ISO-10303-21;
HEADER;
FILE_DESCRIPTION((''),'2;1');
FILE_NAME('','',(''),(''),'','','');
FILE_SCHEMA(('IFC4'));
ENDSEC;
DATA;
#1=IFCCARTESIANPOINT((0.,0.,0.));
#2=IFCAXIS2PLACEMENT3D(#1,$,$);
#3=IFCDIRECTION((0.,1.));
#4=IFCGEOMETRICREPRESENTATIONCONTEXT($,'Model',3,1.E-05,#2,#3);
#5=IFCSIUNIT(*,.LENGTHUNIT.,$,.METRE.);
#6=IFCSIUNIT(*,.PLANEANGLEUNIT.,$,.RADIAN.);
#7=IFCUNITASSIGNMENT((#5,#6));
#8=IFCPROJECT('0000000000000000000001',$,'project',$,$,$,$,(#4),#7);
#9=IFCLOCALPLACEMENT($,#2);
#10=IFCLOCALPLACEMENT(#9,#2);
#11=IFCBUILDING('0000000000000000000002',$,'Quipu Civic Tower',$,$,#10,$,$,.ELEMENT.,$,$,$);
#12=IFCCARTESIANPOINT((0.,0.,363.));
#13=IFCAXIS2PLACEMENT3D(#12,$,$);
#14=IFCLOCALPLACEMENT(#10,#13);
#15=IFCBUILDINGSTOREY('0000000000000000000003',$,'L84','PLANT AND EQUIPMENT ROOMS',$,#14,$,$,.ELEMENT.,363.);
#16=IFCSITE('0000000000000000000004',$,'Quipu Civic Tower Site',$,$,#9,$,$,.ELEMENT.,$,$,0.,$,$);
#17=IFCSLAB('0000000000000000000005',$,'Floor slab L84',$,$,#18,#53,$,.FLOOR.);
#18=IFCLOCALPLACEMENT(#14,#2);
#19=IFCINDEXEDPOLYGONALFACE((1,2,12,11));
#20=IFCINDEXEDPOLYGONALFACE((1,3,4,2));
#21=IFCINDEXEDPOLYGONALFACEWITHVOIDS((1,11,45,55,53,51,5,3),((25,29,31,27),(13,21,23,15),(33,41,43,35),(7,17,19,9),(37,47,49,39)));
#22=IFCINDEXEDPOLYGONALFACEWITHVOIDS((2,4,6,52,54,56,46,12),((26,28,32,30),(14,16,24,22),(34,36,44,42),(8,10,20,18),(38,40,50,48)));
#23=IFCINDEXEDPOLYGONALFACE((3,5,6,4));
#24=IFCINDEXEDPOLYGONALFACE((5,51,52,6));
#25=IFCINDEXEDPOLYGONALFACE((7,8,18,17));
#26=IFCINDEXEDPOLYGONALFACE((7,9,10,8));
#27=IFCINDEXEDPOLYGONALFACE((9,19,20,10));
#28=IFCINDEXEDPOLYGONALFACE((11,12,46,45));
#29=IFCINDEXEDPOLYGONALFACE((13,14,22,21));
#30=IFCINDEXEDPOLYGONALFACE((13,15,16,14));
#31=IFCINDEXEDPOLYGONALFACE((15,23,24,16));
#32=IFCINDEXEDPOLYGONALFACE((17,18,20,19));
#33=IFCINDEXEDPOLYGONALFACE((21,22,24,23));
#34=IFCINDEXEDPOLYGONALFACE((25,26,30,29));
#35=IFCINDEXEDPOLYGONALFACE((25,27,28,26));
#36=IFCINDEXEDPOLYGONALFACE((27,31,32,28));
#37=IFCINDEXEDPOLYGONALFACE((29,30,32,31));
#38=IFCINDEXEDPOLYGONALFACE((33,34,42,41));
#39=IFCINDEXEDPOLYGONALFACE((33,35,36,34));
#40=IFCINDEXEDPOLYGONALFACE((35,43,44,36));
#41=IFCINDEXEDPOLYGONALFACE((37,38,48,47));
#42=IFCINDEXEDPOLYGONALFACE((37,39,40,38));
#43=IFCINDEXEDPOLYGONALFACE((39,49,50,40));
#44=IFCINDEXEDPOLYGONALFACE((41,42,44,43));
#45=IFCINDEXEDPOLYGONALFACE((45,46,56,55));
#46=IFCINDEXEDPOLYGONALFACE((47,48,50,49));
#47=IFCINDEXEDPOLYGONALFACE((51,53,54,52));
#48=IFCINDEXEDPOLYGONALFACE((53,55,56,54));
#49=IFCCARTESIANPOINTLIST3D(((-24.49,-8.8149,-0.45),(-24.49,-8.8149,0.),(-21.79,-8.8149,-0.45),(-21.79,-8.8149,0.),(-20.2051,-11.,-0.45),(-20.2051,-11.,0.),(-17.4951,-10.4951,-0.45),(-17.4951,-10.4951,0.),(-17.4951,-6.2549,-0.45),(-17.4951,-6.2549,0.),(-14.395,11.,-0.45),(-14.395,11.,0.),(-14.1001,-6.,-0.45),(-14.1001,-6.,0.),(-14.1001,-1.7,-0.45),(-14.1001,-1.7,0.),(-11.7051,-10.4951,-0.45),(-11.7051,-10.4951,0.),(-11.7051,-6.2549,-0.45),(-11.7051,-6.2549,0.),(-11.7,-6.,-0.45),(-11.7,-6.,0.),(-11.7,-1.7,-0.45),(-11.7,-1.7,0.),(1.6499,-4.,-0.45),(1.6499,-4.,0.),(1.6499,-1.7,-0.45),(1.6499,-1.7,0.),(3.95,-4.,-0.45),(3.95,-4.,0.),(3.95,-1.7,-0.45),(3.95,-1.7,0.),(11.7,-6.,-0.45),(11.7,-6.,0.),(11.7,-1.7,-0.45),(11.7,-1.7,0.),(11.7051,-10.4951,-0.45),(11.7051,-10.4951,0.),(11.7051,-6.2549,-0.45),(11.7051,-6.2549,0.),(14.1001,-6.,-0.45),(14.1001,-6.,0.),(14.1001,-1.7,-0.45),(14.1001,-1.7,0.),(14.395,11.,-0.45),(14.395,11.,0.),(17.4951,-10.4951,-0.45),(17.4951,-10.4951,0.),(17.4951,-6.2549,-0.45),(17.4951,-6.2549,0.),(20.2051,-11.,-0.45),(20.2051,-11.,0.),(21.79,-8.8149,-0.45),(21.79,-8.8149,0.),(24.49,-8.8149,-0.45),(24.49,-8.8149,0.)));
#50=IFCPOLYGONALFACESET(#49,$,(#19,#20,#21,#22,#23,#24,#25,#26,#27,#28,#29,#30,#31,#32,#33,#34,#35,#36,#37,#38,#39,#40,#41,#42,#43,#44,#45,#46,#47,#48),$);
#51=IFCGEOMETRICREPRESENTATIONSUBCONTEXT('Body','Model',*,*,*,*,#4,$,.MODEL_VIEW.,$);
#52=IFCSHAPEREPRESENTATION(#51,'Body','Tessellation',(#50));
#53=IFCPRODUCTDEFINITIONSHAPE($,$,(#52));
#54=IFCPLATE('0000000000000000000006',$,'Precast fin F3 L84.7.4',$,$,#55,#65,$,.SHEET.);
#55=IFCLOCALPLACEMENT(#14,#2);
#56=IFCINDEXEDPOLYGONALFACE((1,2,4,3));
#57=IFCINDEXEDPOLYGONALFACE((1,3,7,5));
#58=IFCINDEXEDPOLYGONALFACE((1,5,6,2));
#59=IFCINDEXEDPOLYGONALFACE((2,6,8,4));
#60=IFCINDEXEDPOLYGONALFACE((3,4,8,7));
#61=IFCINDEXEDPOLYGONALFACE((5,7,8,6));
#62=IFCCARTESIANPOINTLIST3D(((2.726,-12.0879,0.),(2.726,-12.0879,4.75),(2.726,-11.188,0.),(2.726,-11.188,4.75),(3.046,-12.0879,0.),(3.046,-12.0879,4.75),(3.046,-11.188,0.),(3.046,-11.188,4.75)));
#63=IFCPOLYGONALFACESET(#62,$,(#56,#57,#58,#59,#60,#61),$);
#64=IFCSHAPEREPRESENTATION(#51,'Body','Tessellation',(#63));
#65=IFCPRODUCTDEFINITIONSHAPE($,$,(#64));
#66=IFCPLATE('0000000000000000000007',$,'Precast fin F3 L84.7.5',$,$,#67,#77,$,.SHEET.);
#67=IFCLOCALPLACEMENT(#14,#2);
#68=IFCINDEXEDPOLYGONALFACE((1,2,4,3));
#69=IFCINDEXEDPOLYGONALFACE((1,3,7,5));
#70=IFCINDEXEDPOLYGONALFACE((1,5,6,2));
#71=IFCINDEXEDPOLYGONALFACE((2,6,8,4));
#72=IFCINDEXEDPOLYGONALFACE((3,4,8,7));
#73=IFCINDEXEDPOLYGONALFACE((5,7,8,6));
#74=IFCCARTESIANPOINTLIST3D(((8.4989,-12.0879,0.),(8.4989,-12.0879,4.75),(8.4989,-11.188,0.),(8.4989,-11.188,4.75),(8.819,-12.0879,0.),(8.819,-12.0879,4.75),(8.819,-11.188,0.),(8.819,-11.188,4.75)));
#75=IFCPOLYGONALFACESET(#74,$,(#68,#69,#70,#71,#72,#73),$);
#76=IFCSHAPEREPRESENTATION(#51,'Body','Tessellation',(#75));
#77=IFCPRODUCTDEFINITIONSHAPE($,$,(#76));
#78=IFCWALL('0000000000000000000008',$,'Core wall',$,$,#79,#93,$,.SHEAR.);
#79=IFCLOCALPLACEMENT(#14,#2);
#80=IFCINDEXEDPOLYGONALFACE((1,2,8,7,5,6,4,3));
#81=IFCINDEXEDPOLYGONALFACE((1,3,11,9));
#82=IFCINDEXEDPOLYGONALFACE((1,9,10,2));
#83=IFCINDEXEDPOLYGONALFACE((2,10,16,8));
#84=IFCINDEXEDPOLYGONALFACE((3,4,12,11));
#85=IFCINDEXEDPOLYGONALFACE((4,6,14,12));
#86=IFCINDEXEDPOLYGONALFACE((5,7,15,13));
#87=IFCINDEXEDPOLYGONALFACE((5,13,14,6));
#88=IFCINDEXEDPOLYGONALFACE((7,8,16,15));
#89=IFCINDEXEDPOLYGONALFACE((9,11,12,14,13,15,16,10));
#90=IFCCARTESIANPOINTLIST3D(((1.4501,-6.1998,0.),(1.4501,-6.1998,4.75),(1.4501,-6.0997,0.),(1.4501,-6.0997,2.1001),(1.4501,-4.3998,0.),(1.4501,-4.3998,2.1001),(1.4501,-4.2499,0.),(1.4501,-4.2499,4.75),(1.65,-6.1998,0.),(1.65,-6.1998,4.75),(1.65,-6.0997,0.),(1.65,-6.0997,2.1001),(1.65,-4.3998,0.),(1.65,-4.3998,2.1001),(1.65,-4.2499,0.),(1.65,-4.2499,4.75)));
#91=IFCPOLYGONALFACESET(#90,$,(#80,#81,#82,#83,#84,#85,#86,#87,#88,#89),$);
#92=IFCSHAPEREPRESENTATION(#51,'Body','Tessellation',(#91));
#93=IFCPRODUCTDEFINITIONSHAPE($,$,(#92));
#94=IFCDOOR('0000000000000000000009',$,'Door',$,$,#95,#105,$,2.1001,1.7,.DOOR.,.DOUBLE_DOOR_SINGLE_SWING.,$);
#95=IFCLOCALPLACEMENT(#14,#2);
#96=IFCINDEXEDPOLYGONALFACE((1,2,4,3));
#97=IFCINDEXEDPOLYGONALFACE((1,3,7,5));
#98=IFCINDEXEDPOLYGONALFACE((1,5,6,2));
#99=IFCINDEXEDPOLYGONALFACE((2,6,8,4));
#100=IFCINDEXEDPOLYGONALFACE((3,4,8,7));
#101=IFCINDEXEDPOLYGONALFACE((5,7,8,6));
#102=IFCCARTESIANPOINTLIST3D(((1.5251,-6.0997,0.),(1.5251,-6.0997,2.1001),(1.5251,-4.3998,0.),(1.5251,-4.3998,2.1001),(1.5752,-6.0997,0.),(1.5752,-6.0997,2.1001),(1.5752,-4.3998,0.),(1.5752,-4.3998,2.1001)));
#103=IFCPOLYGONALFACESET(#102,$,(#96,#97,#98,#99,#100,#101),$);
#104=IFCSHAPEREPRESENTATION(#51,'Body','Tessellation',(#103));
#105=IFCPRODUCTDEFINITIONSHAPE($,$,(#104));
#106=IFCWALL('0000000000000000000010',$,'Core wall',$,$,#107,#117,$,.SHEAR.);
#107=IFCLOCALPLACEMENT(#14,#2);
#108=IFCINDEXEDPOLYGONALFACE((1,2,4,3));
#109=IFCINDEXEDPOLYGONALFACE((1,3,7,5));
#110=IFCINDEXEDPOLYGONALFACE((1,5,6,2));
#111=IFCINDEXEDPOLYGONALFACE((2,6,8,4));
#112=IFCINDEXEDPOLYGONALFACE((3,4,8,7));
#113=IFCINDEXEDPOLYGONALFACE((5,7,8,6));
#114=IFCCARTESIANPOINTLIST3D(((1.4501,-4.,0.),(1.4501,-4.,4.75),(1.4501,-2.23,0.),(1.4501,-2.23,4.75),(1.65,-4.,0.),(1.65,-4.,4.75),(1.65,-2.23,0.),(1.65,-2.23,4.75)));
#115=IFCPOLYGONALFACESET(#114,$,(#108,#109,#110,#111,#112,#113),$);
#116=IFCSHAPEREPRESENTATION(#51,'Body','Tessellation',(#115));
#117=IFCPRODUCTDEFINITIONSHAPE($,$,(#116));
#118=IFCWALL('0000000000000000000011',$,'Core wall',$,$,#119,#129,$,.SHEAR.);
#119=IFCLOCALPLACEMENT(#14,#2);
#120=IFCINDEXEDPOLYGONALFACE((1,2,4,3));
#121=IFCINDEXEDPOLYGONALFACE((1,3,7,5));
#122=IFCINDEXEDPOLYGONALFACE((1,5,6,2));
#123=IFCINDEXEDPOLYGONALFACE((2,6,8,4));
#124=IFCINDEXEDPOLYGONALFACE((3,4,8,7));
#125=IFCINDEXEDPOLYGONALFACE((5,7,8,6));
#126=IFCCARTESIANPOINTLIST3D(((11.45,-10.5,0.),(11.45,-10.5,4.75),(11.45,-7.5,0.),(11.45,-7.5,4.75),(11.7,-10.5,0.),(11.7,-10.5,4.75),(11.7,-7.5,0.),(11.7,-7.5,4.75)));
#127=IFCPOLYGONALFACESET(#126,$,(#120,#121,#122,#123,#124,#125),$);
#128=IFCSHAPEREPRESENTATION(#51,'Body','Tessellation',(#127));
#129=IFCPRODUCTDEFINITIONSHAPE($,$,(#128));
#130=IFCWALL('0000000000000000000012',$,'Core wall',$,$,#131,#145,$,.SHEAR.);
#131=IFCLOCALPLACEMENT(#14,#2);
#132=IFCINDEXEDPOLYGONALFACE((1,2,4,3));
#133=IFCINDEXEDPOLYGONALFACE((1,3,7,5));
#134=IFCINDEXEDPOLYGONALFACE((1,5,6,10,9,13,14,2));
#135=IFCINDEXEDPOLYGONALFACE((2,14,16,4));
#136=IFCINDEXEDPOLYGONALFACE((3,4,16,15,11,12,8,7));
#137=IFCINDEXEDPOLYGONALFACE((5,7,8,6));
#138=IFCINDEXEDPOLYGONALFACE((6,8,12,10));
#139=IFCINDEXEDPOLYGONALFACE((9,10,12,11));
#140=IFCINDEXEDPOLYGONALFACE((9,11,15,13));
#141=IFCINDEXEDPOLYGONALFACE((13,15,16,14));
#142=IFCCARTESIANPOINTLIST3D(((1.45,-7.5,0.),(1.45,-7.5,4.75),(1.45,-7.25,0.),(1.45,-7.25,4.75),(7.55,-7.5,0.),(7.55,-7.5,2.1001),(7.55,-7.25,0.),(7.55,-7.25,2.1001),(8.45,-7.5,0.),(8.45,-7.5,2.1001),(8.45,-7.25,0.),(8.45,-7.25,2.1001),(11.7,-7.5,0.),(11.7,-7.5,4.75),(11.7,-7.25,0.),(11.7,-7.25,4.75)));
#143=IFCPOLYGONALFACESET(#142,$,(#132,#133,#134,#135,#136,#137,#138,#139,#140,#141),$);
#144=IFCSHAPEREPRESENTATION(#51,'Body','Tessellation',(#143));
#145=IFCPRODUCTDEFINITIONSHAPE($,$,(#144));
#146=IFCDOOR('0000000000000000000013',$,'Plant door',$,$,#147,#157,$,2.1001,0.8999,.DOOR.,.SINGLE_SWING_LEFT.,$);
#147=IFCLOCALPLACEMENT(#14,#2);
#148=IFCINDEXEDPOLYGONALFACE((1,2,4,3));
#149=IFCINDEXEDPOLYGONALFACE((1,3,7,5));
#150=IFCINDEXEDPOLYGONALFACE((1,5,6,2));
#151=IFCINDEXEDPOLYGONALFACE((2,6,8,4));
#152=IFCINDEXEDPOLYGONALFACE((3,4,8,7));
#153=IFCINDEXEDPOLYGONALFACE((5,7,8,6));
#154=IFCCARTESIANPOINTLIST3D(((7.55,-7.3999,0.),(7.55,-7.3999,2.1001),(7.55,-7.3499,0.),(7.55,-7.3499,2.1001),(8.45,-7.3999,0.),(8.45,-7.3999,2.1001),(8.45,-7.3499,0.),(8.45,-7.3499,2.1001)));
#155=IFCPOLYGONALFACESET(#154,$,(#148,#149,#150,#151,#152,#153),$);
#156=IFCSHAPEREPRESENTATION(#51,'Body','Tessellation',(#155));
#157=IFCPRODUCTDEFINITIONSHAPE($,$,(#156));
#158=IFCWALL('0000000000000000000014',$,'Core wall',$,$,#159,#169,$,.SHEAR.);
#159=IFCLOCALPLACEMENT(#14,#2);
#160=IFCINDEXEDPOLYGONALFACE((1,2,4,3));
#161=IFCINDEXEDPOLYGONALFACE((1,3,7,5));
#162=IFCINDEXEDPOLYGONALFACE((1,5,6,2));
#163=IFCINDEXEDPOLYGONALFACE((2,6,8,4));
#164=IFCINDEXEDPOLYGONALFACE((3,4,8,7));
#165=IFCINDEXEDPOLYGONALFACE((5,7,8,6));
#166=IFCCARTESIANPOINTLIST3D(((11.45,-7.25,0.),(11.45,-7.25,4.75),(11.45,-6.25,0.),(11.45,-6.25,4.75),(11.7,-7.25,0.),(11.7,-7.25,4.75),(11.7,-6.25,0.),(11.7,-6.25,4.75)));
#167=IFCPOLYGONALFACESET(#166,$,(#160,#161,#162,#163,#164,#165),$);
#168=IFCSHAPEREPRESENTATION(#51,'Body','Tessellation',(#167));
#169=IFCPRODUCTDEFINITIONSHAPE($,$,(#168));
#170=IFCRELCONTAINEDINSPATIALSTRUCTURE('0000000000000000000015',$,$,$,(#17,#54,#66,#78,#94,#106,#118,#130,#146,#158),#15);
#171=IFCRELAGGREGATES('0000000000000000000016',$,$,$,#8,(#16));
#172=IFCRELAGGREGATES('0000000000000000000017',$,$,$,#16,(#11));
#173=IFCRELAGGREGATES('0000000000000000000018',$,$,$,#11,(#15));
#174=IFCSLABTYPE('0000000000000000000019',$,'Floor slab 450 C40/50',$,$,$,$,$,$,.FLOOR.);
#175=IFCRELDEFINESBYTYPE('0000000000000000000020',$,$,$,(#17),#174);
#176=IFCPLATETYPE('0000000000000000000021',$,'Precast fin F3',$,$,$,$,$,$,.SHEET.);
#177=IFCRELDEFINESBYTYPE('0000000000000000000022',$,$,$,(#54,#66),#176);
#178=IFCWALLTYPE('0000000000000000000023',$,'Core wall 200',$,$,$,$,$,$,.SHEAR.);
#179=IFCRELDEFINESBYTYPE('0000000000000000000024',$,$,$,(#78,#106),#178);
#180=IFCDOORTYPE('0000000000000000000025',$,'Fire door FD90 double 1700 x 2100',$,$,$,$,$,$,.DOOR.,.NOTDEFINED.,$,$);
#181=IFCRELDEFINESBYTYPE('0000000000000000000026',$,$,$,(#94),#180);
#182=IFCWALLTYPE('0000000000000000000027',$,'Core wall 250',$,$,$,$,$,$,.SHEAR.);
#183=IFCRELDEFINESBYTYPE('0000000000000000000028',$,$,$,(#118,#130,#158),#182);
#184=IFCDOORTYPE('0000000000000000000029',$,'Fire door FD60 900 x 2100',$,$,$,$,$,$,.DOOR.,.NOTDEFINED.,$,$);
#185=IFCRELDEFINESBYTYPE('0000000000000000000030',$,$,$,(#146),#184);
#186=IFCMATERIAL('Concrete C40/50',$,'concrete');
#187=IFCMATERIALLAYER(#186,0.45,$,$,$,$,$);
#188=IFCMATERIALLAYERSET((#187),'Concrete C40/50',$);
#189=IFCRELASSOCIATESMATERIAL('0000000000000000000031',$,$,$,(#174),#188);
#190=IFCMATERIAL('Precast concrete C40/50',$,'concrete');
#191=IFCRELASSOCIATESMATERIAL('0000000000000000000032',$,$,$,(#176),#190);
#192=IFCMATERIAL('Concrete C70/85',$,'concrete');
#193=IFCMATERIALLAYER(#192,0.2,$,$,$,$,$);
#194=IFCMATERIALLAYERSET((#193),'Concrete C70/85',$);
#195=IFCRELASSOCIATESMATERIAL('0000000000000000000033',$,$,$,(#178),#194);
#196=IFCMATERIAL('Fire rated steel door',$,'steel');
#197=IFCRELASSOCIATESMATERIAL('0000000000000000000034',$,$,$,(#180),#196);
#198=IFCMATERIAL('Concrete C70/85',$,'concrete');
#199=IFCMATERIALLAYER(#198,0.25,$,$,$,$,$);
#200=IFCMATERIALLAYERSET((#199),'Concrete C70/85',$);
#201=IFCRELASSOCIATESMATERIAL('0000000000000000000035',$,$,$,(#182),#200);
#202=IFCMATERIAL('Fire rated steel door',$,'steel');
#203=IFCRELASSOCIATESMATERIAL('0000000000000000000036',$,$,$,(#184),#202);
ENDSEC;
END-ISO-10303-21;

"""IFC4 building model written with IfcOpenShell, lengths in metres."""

from ifc_helpers import new_model, si_unit, direction, frame, frame_2d, origin, origin_2d, place, context, subcontext, project, spatial, polyline, rectangle, outline, extrude, material, layer, layer_set, type_object, element, fill, save


model = new_model("IFC4")

# Units and contexts
model_context = context("Model", 3, precision=1e-05, world=origin(), true_north=direction((0.0, 1.0)))
body_context = subcontext(model_context, "Body", "Model", "MODEL_VIEW")
ifc_project = project(units=[si_unit("LENGTHUNIT", "METRE"), si_unit("PLANEANGLEUNIT", "RADIAN")], contexts=[model_context])

# Site, building, storey
site_placement = place(None, origin())
site = spatial("IfcSite", under=ifc_project, at=site_placement, Name="Quipu Civic Tower Site", CompositionType="ELEMENT", RefElevation=0.0)
building_placement = place(site_placement, origin())
building = spatial("IfcBuilding", under=site, at=building_placement, Name="Quipu Civic Tower", CompositionType="ELEMENT")
storey_placement = place(building_placement, frame((0.0, 0.0, 363.0)))
storey = spatial("IfcBuildingStorey", under=building, at=storey_placement, Name="L84", Description="PLANT AND EQUIPMENT ROOMS", CompositionType="ELEMENT", Elevation=363.0)

# Slab
ifc_material_1 = material(Name="Concrete C40/50", Category="concrete")
ifc_layer_1 = layer(ifc_material_1, 0.45)
ifc_layer_set_1 = layer_set([ifc_layer_1], Name="Concrete C40/50")
slab_type = type_object("IfcSlabType", Name="Floor slab 450 C40/50", PredefinedType="FLOOR", material=ifc_layer_set_1)
slab_placement = place(storey_placement, frame((0.0, 0.0, -0.45)))
element("IfcSlab", 1, at=slab_placement, inside=storey, type_object=slab_type, Name="Floor slab L84", PredefinedType="FLOOR", context=body_context, shape_type="SweptSolid", body=[
    extrude(outline(polyline([(24.49, -8.8149), (21.79, -8.8149), (20.2051, -11.0), (-20.2051, -11.0), (-21.79, -8.8149), (-24.49, -8.8149), (-14.395, 11.0), (14.395, 11.0), (24.49, -8.8149)]), holes=[polyline([(-17.4951, -10.4951), (-11.7051, -10.4951), (-11.7051, -6.2549), (-17.4951, -6.2549), (-17.4951, -10.4951)]), polyline([(17.4951, -6.2549), (11.7051, -6.2549), (11.7051, -10.4951), (17.4951, -10.4951), (17.4951, -6.2549)]), polyline([(-11.7, -6.0), (-11.7, -1.7), (-14.1001, -1.7), (-14.1001, -6.0), (-11.7, -6.0)]), polyline([(11.7, -6.0), (14.1001, -6.0), (14.1001, -1.7), (11.7, -1.7), (11.7, -6.0)]), polyline([(1.6499, -4.0), (3.95, -4.0), (3.95, -1.7), (1.6499, -1.7), (1.6499, -4.0)])]), origin(), (0.0, 0.0, 1.0), 0.45),
])

# Plates
ifc_material_2 = material(Name="Precast concrete C40/50", Category="concrete")
plate_type = type_object("IfcPlateType", Name="Precast fin F3", PredefinedType="SHEET", material=ifc_material_2)
for number, where, z_axis, x_axis, name in (
    (2, (2.886, -11.6379, 0.0), (0.0, 0.0, 1.0), (1.0, 0.0, 0.0), "Precast fin F3 L84.7.4"),
    (3, (8.6589, -11.6379, 0.0), (0.0, 0.0, 1.0), (1.0, 0.0, 0.0), "Precast fin F3 L84.7.5"),
):
    element("IfcPlate", number, at=place(storey_placement, frame(where, z_axis=z_axis, x_axis=x_axis)), inside=storey, type_object=plate_type, Name=name, PredefinedType="SHEET", context=body_context, shape_type="SweptSolid", body=[
        extrude(rectangle(XDim=0.3201, YDim=0.8999, at=origin_2d()), origin(), (0.0, 0.0, 1.0), 4.75),
    ])

# Wall, opening, door
ifc_material_3 = material(Name="Concrete C70/85", Category="concrete")
ifc_layer_2 = layer(ifc_material_3, 0.2)
ifc_layer_set_2 = layer_set([ifc_layer_2], Name="Concrete C70/85")
wall_type_1 = type_object("IfcWallType", Name="Core wall 200", PredefinedType="SHEAR", material=ifc_layer_set_2)
wall_1_placement = place(storey_placement, frame((1.55, -6.2, 0.0), z_axis=(0.0, 0.0, 1.0), x_axis=(0.0, 1.0, 0.0)))
wall_1 = element("IfcWall", 4, at=wall_1_placement, inside=storey, type_object=wall_type_1, Name="Core wall", PredefinedType="SHEAR", context=body_context, shape_type="SweptSolid", body=[
    extrude(rectangle(XDim=1.95, YDim=0.2, at=frame_2d((0.9751, 0.0))), origin(), (0.0, 0.0, 1.0), 4.75),
])
opening_1_placement = place(wall_1_placement, frame((0.1001, 0.0, 0.0)))
opening_1 = element("IfcOpeningElement", 5, at=opening_1_placement, cuts=wall_1, PredefinedType="OPENING", context=body_context, shape_type="SweptSolid", body=[
    extrude(rectangle(XDim=1.7, YDim=2.1001, at=frame_2d((0.8501, 1.05))), frame((0.0, 0.1099, 0.0), z_axis=(0.0, -1.0, 0.0), x_axis=(1.0, 0.0, 0.0)), (0.0, 0.0, 1.0), 0.22),
])
ifc_material_4 = material(Name="Fire rated steel door", Category="steel")
door_type_1 = type_object("IfcDoorType", Name="Fire door FD90 double 1700 x 2100", OperationType="NOTDEFINED", PredefinedType="DOOR", material=ifc_material_4)
door_1_placement = place(opening_1_placement, origin())
door_1 = element("IfcDoor", 6, at=door_1_placement, inside=storey, type_object=door_type_1, Name="Door", OperationType="DOUBLE_DOOR_SINGLE_SWING", OverallHeight=2.1001, OverallWidth=1.7, PredefinedType="DOOR", context=body_context, shape_type="SweptSolid", body=[
    extrude(rectangle(XDim=1.7, YDim=2.1001, at=frame_2d((0.8501, 1.05))), frame((0.0, 0.0249, 0.0), z_axis=(0.0, -1.0, 0.0), x_axis=(1.0, 0.0, 0.0)), (0.0, 0.0, 1.0), 0.05),
])
fill(opening_1, door_1)

# Walls
wall_2_placement = place(storey_placement, frame((1.55, -4.0, 0.0), z_axis=(0.0, 0.0, 1.0), x_axis=(0.0, 1.0, 0.0)))
element("IfcWall", 7, at=wall_2_placement, inside=storey, type_object=wall_type_1, Name="Core wall", PredefinedType="SHEAR", context=body_context, shape_type="SweptSolid", body=[
    extrude(rectangle(XDim=1.77, YDim=0.2, at=frame_2d((0.885, 0.0))), origin(), (0.0, 0.0, 1.0), 4.75),
])
ifc_material_5 = material(Name="Concrete C70/85", Category="concrete")
ifc_layer_3 = layer(ifc_material_5, 0.25)
ifc_layer_set_3 = layer_set([ifc_layer_3], Name="Concrete C70/85")
wall_type_2 = type_object("IfcWallType", Name="Core wall 250", PredefinedType="SHEAR", material=ifc_layer_set_3)
wall_3_placement = place(storey_placement, frame((11.575, -10.5, 0.0), z_axis=(0.0, 0.0, 1.0), x_axis=(0.0, 1.0, 0.0)))
element("IfcWall", 8, at=wall_3_placement, inside=storey, type_object=wall_type_2, Name="Core wall", PredefinedType="SHEAR", context=body_context, shape_type="SweptSolid", body=[
    extrude(rectangle(XDim=3.0, YDim=0.25, at=frame_2d((1.5, 0.0))), origin(), (0.0, 0.0, 1.0), 4.75),
])

# Wall, opening, door
wall_4_placement = place(storey_placement, frame((11.7, -7.375, 0.0), z_axis=(0.0, 0.0, 1.0), x_axis=(-1.0, 0.0, 0.0)))
wall_4 = element("IfcWall", 9, at=wall_4_placement, inside=storey, type_object=wall_type_2, Name="Core wall", PredefinedType="SHEAR", context=body_context, shape_type="SweptSolid", body=[
    extrude(rectangle(XDim=10.25, YDim=0.25, at=frame_2d((5.125, 0.0))), origin(), (0.0, 0.0, 1.0), 4.75),
])
opening_2_placement = place(wall_4_placement, frame((3.25, 0.0, 0.0)))
opening_2 = element("IfcOpeningElement", 10, at=opening_2_placement, cuts=wall_4, PredefinedType="OPENING", context=body_context, shape_type="SweptSolid", body=[
    extrude(rectangle(XDim=0.8999, YDim=2.1001, at=frame_2d((0.45, 1.05))), frame((0.0, 0.135, 0.0), z_axis=(0.0, -1.0, 0.0), x_axis=(1.0, 0.0, 0.0)), (0.0, 0.0, 1.0), 0.27),
])
ifc_material_6 = material(Name="Fire rated steel door", Category="steel")
door_type_2 = type_object("IfcDoorType", Name="Fire door FD60 900 x 2100", OperationType="NOTDEFINED", PredefinedType="DOOR", material=ifc_material_6)
door_2_placement = place(opening_2_placement, origin())
door_2 = element("IfcDoor", 11, at=door_2_placement, inside=storey, type_object=door_type_2, Name="Plant door", OperationType="SINGLE_SWING_LEFT", OverallHeight=2.1001, OverallWidth=0.8999, PredefinedType="DOOR", context=body_context, shape_type="SweptSolid", body=[
    extrude(rectangle(XDim=0.8999, YDim=2.1001, at=frame_2d((0.45, 1.05))), frame((0.0, 0.0249, 0.0), z_axis=(0.0, -1.0, 0.0), x_axis=(1.0, 0.0, 0.0)), (0.0, 0.0, 1.0), 0.05),
])
fill(opening_2, door_2)

# Wall
wall_5_placement = place(storey_placement, frame((11.575, -7.25, 0.0), z_axis=(0.0, 0.0, 1.0), x_axis=(0.0, 1.0, 0.0)))
element("IfcWall", 12, at=wall_5_placement, inside=storey, type_object=wall_type_2, Name="Core wall", PredefinedType="SHEAR", context=body_context, shape_type="SweptSolid", body=[
    extrude(rectangle(XDim=1.0, YDim=0.25, at=frame_2d((0.5, 0.0))), origin(), (0.0, 0.0, 1.0), 4.75),
])

save(model, "model.ifc")
